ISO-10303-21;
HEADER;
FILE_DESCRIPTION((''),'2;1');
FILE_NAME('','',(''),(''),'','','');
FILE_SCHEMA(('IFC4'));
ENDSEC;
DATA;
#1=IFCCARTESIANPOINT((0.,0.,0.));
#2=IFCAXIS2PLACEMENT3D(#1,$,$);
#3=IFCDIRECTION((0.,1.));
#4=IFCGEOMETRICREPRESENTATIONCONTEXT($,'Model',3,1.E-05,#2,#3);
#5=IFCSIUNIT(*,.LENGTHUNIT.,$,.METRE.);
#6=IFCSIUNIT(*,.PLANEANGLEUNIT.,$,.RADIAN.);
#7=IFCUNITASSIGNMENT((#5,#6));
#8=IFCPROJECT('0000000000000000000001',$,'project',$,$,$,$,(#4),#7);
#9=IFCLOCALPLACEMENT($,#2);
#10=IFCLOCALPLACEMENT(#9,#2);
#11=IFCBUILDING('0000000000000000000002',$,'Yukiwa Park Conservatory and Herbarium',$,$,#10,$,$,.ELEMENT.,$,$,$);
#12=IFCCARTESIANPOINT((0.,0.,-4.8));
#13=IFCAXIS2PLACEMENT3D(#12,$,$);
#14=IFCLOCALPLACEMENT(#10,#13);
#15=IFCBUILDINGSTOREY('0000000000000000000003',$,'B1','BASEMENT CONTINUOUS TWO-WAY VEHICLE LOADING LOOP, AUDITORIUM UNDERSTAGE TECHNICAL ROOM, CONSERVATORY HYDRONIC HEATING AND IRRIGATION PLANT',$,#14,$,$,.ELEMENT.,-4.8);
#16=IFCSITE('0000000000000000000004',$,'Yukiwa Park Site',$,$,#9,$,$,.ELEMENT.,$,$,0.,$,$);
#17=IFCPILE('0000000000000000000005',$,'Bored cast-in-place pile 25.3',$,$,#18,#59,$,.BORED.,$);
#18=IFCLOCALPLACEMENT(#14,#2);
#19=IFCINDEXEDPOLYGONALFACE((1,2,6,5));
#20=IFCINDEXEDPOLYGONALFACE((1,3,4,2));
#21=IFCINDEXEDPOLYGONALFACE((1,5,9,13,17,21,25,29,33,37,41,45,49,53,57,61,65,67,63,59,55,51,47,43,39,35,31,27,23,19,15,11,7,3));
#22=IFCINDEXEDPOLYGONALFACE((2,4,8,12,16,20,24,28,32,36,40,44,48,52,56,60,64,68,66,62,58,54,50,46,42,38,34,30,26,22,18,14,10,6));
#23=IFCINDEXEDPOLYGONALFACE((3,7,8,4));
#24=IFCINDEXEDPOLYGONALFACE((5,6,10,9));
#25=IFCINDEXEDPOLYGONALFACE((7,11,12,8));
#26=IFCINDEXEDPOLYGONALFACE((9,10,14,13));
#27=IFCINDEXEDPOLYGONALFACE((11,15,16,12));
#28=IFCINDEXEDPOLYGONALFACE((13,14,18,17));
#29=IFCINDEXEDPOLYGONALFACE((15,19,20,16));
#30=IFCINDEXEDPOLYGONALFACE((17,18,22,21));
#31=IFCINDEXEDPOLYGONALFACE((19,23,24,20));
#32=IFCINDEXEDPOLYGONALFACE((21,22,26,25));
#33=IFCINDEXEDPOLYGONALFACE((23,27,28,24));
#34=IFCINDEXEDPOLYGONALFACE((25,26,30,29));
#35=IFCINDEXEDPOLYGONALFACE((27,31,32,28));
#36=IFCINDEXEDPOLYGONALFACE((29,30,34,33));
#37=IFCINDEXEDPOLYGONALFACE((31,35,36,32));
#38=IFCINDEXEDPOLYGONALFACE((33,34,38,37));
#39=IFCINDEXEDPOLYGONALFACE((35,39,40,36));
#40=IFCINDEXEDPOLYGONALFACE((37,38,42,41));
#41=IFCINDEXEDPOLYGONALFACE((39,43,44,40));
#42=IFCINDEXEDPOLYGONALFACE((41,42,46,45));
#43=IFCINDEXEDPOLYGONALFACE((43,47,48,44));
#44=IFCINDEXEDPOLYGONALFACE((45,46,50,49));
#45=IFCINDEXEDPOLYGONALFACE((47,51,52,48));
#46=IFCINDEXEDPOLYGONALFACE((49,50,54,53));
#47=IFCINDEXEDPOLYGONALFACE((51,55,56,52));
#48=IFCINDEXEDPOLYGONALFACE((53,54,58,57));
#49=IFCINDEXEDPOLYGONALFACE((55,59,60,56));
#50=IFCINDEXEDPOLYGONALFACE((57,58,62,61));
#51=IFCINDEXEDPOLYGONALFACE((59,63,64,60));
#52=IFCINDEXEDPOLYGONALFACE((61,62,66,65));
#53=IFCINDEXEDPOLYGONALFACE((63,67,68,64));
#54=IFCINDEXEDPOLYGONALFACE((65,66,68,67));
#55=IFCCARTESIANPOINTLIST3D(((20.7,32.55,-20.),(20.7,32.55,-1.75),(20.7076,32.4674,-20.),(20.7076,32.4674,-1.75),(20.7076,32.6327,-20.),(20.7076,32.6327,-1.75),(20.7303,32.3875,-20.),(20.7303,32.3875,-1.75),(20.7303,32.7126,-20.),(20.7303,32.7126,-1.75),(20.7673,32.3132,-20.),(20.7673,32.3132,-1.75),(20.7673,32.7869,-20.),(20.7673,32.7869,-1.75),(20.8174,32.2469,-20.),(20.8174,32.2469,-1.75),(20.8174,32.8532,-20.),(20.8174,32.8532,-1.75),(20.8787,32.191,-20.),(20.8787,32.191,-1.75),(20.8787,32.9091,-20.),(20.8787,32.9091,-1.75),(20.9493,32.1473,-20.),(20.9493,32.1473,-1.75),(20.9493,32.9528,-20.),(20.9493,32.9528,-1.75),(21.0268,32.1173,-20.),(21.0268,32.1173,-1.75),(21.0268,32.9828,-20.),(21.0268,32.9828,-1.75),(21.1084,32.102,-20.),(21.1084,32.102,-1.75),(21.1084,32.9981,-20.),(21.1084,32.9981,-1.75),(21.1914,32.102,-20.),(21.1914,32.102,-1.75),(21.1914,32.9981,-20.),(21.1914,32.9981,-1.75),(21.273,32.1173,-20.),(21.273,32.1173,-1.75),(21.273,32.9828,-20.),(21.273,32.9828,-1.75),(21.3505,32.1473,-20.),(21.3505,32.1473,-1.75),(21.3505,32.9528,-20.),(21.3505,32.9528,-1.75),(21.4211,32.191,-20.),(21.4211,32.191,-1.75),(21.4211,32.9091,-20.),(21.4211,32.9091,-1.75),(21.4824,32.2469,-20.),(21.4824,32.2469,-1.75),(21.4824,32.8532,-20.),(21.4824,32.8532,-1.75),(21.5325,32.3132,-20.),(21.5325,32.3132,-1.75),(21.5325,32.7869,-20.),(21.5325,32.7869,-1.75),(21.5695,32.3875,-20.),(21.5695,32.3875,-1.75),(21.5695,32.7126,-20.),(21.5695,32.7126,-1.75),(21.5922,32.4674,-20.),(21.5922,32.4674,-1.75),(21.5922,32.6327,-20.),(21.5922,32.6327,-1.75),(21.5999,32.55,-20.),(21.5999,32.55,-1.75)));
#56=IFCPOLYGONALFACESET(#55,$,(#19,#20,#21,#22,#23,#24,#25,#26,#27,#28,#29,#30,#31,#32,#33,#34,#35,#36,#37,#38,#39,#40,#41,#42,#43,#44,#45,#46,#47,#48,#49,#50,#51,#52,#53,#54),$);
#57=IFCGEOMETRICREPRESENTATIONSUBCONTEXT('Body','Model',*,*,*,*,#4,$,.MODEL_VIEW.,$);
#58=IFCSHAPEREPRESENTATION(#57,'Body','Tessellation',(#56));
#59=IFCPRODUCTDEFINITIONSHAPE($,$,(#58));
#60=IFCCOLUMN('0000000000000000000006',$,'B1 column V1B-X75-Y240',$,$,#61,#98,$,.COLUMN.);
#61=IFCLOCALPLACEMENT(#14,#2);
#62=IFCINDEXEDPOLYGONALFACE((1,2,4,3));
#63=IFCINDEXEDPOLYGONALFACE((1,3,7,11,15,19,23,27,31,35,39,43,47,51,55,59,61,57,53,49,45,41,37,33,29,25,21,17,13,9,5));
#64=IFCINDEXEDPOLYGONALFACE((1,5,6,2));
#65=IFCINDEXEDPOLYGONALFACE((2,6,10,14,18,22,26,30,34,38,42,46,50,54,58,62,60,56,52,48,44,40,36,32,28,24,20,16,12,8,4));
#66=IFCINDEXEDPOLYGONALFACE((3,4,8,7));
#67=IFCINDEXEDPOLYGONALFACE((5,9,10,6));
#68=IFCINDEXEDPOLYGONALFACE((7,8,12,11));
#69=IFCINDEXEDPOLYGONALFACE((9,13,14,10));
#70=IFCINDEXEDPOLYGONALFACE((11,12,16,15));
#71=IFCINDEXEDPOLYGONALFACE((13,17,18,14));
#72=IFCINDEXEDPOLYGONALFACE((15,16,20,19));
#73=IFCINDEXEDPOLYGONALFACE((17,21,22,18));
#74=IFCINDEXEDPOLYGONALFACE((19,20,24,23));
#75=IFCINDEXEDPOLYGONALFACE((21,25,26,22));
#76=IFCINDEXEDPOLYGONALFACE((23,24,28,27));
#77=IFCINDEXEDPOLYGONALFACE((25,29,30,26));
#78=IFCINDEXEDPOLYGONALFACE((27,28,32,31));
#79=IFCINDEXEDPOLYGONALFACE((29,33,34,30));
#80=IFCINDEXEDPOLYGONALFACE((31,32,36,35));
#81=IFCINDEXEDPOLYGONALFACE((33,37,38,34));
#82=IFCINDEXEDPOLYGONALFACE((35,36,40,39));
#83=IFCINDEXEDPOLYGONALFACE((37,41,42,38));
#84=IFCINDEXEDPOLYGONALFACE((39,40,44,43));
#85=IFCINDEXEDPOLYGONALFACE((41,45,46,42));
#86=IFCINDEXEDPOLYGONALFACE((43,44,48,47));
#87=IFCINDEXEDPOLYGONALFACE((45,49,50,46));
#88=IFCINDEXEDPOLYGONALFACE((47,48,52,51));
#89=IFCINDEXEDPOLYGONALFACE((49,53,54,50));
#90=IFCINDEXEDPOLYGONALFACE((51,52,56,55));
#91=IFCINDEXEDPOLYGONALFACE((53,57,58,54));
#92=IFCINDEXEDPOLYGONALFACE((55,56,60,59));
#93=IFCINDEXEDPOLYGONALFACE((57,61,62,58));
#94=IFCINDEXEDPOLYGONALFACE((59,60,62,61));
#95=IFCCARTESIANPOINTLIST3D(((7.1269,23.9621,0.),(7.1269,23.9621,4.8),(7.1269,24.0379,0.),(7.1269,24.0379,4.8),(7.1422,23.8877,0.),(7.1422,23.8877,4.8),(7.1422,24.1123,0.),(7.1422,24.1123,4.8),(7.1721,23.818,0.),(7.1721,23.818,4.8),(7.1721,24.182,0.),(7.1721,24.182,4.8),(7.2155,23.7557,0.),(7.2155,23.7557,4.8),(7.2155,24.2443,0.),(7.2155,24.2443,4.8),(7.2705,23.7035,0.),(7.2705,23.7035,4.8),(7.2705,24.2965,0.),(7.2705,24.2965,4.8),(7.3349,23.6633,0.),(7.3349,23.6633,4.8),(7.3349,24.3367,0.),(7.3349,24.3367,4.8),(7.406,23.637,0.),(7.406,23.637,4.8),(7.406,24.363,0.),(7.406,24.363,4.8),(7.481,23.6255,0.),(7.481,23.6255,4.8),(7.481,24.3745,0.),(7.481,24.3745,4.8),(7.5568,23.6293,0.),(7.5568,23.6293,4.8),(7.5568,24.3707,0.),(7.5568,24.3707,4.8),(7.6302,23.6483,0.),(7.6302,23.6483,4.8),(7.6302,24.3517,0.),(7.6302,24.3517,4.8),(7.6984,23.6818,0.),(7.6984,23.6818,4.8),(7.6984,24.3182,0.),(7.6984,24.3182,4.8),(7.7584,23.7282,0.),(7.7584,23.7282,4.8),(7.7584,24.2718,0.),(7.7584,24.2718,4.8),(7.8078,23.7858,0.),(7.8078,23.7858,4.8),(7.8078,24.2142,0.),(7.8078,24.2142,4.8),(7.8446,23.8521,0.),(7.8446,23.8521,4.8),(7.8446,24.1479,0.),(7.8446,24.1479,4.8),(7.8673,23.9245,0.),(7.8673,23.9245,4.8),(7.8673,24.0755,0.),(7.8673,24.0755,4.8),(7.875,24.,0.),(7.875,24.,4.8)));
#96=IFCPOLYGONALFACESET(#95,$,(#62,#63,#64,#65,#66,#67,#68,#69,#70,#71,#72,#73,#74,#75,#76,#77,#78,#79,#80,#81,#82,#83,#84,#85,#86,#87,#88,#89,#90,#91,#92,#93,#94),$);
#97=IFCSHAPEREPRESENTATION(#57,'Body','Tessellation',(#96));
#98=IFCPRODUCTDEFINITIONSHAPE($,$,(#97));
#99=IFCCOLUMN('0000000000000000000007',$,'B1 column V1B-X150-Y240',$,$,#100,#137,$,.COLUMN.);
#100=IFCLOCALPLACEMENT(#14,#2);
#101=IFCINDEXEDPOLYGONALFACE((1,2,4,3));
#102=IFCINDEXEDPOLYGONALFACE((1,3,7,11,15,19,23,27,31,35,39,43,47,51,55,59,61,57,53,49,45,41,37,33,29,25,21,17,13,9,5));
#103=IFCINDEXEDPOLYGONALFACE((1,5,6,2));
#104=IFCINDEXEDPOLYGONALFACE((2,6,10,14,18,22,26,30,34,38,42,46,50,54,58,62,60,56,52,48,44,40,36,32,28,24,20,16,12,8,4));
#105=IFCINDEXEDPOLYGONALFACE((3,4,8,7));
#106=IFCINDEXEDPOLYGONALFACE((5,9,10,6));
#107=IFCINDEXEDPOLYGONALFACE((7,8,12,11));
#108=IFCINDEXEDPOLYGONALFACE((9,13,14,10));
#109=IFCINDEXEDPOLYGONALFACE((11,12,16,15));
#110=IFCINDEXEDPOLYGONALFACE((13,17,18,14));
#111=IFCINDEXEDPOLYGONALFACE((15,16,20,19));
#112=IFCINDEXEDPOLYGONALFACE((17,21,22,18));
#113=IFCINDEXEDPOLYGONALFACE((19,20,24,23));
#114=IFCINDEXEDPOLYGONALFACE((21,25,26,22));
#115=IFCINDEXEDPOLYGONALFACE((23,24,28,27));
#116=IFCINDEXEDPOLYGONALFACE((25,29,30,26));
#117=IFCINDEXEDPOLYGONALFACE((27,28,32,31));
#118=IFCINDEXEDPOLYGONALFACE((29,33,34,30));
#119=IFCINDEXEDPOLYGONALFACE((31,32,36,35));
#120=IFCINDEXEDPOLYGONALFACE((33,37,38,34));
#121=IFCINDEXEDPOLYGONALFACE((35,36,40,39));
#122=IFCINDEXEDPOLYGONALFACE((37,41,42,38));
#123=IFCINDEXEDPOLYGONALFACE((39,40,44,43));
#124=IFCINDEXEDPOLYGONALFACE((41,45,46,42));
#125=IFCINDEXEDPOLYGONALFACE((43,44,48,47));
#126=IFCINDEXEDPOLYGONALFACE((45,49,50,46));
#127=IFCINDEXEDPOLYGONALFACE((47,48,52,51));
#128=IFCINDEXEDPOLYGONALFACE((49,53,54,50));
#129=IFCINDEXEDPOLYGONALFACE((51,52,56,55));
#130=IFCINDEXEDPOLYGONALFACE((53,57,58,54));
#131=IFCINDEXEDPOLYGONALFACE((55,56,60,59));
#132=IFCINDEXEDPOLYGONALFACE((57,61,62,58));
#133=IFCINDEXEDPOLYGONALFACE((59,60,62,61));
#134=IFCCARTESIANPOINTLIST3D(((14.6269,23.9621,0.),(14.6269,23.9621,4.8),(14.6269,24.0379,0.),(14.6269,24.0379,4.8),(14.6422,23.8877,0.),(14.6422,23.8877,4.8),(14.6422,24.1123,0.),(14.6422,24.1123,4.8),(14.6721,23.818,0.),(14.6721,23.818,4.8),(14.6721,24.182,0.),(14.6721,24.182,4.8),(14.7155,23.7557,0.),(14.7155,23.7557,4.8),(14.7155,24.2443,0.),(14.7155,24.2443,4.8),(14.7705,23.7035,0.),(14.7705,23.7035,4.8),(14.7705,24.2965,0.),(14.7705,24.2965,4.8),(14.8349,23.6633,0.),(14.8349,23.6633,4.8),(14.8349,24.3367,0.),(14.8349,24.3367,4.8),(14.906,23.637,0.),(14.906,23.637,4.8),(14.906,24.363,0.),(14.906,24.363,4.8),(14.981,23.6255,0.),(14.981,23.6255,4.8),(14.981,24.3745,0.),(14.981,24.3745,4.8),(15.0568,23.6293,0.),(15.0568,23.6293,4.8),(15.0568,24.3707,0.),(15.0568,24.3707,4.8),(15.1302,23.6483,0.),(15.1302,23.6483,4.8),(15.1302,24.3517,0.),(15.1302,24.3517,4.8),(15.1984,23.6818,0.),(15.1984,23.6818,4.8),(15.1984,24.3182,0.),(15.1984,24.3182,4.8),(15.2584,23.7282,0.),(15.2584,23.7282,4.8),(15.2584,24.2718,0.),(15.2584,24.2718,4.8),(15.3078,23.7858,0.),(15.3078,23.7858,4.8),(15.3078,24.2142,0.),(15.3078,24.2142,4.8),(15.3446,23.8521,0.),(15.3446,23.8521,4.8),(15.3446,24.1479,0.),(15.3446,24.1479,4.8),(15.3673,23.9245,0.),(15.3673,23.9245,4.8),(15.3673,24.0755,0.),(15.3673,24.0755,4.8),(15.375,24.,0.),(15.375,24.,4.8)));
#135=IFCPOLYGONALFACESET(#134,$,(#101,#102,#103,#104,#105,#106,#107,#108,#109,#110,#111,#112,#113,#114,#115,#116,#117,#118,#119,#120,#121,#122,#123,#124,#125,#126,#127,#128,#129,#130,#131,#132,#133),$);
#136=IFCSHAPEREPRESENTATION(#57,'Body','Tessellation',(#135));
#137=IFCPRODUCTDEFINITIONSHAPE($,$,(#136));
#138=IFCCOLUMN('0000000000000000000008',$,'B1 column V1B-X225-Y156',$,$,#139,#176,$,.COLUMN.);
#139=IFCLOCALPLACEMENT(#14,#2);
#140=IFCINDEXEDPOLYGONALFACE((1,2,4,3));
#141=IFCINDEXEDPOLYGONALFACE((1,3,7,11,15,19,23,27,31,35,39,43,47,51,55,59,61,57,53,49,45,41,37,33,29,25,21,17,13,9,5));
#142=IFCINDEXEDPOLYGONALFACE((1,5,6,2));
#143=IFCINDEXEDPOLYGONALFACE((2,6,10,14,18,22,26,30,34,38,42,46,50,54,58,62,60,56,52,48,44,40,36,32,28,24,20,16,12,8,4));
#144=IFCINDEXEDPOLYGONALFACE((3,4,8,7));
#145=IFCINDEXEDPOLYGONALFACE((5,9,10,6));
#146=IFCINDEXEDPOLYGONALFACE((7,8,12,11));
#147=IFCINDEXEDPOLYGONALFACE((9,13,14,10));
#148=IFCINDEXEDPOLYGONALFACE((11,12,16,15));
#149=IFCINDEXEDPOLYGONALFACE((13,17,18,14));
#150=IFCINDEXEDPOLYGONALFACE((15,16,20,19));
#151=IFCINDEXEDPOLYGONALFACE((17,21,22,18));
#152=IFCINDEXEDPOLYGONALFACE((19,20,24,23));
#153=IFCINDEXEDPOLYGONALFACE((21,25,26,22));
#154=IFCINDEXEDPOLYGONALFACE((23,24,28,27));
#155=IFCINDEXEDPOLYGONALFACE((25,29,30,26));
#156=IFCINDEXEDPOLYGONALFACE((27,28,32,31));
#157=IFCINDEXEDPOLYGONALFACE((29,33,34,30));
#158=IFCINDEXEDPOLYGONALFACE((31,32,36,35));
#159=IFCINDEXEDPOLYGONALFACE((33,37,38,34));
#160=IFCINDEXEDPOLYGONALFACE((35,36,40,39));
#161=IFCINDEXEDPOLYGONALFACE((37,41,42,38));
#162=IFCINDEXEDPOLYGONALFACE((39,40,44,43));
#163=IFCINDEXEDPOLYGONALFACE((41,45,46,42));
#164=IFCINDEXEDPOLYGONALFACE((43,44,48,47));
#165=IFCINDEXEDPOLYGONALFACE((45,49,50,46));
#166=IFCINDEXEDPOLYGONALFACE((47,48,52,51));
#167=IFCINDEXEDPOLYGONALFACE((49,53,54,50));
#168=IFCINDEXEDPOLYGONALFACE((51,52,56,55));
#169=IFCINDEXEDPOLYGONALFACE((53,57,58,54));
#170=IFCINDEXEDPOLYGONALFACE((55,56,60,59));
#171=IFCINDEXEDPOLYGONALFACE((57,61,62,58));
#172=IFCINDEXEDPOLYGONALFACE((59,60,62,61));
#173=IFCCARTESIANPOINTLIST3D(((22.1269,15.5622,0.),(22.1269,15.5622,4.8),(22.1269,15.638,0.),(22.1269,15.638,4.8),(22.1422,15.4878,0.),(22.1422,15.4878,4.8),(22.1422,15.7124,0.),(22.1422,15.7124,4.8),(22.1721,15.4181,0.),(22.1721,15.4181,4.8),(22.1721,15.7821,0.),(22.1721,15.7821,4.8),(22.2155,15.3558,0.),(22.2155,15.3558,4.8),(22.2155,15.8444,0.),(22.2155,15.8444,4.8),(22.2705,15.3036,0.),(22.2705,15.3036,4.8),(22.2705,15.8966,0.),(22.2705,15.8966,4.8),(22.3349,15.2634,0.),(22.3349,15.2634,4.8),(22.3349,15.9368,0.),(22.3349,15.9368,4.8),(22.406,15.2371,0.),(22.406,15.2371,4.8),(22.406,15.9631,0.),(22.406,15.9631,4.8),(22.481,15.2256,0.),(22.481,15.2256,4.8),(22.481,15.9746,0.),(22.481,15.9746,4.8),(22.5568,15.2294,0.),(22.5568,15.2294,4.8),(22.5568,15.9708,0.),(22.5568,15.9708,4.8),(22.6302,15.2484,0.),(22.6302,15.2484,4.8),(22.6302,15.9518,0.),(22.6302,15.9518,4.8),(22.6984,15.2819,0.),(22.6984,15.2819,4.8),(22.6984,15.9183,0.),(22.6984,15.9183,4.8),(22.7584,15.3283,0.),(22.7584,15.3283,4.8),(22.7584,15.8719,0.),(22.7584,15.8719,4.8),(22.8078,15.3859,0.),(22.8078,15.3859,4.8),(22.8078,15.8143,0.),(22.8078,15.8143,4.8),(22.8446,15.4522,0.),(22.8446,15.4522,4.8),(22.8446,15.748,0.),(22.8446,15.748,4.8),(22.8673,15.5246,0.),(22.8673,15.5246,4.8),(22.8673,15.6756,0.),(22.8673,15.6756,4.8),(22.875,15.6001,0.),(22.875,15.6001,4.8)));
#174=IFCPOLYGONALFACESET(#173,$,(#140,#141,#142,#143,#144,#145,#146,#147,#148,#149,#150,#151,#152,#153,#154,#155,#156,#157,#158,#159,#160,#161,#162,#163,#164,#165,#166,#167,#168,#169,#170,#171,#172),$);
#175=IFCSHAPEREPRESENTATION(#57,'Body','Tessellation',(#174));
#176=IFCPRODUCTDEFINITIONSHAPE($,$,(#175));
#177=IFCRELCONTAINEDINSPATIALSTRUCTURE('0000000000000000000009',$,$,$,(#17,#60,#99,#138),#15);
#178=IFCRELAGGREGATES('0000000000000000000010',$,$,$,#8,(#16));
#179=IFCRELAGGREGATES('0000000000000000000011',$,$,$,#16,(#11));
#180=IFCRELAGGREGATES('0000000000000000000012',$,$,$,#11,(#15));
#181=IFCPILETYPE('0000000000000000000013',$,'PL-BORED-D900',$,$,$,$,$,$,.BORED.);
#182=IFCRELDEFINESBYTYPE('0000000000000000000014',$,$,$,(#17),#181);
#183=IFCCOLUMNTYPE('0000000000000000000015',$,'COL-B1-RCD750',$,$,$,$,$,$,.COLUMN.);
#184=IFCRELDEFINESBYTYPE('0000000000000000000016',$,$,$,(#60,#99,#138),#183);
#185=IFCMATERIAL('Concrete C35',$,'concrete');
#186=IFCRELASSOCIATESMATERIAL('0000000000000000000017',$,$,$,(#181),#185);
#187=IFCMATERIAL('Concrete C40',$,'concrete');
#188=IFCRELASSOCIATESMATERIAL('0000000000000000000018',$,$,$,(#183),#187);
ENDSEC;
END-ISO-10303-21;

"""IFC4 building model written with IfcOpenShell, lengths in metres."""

from ifc_helpers import new_model, si_unit, direction, frame, origin, origin_2d, place, context, subcontext, project, spatial, circle, extrude, material, material_profile, profile_set, type_object, element, save


model = new_model("IFC4")

# Units and contexts
model_context = context("Model", 3, precision=1e-05, world=origin(), true_north=direction((0.0, 1.0)))
body_context = subcontext(model_context, "Body", "Model", "MODEL_VIEW")
ifc_project = project(units=[si_unit("LENGTHUNIT", "METRE"), si_unit("PLANEANGLEUNIT", "RADIAN")], contexts=[model_context])

# Site, building, storey
site_placement = place(None, origin())
site = spatial("IfcSite", under=ifc_project, at=site_placement, Name="Yukiwa Park Site", CompositionType="ELEMENT", RefElevation=0.0)
building_placement = place(site_placement, origin())
building = spatial("IfcBuilding", under=site, at=building_placement, Name="Yukiwa Park Conservatory and Herbarium", CompositionType="ELEMENT")
storey_placement = place(building_placement, frame((0.0, 0.0, -4.8)))
storey = spatial("IfcBuildingStorey", under=building, at=storey_placement, Name="B1", Description="BASEMENT CONTINUOUS TWO-WAY VEHICLE LOADING LOOP, AUDITORIUM UNDERSTAGE TECHNICAL ROOM, CONSERVATORY HYDRONIC HEATING AND IRRIGATION PLANT", CompositionType="ELEMENT", Elevation=-4.8)

# Pile
ifc_material_1 = material(Name="Concrete C35", Category="concrete")
ifc_material_profile_1 = material_profile(ifc_material_1, circle(Radius=0.45, at=origin_2d()), Name="PILE D900")
ifc_profile_set_1 = profile_set([ifc_material_profile_1], Name="Concrete C35")
pile_type_1 = type_object("IfcPileType", Name="PL-BORED-D900", PredefinedType="BORED", material=ifc_profile_set_1)
for number, where, z_axis, x_axis, name in (
    (1, (21.1499, 32.55, -1.75), (0.0, 0.0, -1.0), (1.0, 0.0, 0.0), "Bored cast-in-place pile 25.3"),
):
    element("IfcPile", number, at=place(storey_placement, frame(where, z_axis=z_axis, x_axis=x_axis)), inside=storey, type_object=pile_type_1, Name=name, PredefinedType="BORED", context=body_context, shape_type="SweptSolid", body=[
        extrude(circle(Radius=0.45, at=origin_2d()), origin(), (0.0, 0.0, 1.0), 18.25),
    ])

# Columns
ifc_material_2 = material(Name="Concrete C40", Category="concrete")
ifc_material_profile_2 = material_profile(ifc_material_2, circle(Radius=0.375, at=origin_2d()), Name="RC D750")
ifc_profile_set_2 = profile_set([ifc_material_profile_2], Name="Concrete C40")
column_type_1 = type_object("IfcColumnType", Name="COL-B1-RCD750", PredefinedType="COLUMN", material=ifc_profile_set_2)
for number, where, z_axis, x_axis, name in (
    (2, (7.5, 24.0, 0.0), (0.0, 0.0, 1.0), (1.0, 0.0, 0.0), "B1 column V1B-X75-Y240"),
    (3, (15.0, 24.0, 0.0), (0.0, 0.0, 1.0), (1.0, 0.0, 0.0), "B1 column V1B-X150-Y240"),
    (4, (22.5, 15.6001, 0.0), (0.0, 0.0, 1.0), (1.0, 0.0, 0.0), "B1 column V1B-X225-Y156"),
):
    element("IfcColumn", number, at=place(storey_placement, frame(where, z_axis=z_axis, x_axis=x_axis)), inside=storey, type_object=column_type_1, Name=name, PredefinedType="COLUMN", context=body_context, shape_type="SweptSolid", body=[
        extrude(circle(Radius=0.375, at=origin_2d()), origin(), (0.0, 0.0, 1.0), 4.8),
    ])

save(model, "model.ifc")
